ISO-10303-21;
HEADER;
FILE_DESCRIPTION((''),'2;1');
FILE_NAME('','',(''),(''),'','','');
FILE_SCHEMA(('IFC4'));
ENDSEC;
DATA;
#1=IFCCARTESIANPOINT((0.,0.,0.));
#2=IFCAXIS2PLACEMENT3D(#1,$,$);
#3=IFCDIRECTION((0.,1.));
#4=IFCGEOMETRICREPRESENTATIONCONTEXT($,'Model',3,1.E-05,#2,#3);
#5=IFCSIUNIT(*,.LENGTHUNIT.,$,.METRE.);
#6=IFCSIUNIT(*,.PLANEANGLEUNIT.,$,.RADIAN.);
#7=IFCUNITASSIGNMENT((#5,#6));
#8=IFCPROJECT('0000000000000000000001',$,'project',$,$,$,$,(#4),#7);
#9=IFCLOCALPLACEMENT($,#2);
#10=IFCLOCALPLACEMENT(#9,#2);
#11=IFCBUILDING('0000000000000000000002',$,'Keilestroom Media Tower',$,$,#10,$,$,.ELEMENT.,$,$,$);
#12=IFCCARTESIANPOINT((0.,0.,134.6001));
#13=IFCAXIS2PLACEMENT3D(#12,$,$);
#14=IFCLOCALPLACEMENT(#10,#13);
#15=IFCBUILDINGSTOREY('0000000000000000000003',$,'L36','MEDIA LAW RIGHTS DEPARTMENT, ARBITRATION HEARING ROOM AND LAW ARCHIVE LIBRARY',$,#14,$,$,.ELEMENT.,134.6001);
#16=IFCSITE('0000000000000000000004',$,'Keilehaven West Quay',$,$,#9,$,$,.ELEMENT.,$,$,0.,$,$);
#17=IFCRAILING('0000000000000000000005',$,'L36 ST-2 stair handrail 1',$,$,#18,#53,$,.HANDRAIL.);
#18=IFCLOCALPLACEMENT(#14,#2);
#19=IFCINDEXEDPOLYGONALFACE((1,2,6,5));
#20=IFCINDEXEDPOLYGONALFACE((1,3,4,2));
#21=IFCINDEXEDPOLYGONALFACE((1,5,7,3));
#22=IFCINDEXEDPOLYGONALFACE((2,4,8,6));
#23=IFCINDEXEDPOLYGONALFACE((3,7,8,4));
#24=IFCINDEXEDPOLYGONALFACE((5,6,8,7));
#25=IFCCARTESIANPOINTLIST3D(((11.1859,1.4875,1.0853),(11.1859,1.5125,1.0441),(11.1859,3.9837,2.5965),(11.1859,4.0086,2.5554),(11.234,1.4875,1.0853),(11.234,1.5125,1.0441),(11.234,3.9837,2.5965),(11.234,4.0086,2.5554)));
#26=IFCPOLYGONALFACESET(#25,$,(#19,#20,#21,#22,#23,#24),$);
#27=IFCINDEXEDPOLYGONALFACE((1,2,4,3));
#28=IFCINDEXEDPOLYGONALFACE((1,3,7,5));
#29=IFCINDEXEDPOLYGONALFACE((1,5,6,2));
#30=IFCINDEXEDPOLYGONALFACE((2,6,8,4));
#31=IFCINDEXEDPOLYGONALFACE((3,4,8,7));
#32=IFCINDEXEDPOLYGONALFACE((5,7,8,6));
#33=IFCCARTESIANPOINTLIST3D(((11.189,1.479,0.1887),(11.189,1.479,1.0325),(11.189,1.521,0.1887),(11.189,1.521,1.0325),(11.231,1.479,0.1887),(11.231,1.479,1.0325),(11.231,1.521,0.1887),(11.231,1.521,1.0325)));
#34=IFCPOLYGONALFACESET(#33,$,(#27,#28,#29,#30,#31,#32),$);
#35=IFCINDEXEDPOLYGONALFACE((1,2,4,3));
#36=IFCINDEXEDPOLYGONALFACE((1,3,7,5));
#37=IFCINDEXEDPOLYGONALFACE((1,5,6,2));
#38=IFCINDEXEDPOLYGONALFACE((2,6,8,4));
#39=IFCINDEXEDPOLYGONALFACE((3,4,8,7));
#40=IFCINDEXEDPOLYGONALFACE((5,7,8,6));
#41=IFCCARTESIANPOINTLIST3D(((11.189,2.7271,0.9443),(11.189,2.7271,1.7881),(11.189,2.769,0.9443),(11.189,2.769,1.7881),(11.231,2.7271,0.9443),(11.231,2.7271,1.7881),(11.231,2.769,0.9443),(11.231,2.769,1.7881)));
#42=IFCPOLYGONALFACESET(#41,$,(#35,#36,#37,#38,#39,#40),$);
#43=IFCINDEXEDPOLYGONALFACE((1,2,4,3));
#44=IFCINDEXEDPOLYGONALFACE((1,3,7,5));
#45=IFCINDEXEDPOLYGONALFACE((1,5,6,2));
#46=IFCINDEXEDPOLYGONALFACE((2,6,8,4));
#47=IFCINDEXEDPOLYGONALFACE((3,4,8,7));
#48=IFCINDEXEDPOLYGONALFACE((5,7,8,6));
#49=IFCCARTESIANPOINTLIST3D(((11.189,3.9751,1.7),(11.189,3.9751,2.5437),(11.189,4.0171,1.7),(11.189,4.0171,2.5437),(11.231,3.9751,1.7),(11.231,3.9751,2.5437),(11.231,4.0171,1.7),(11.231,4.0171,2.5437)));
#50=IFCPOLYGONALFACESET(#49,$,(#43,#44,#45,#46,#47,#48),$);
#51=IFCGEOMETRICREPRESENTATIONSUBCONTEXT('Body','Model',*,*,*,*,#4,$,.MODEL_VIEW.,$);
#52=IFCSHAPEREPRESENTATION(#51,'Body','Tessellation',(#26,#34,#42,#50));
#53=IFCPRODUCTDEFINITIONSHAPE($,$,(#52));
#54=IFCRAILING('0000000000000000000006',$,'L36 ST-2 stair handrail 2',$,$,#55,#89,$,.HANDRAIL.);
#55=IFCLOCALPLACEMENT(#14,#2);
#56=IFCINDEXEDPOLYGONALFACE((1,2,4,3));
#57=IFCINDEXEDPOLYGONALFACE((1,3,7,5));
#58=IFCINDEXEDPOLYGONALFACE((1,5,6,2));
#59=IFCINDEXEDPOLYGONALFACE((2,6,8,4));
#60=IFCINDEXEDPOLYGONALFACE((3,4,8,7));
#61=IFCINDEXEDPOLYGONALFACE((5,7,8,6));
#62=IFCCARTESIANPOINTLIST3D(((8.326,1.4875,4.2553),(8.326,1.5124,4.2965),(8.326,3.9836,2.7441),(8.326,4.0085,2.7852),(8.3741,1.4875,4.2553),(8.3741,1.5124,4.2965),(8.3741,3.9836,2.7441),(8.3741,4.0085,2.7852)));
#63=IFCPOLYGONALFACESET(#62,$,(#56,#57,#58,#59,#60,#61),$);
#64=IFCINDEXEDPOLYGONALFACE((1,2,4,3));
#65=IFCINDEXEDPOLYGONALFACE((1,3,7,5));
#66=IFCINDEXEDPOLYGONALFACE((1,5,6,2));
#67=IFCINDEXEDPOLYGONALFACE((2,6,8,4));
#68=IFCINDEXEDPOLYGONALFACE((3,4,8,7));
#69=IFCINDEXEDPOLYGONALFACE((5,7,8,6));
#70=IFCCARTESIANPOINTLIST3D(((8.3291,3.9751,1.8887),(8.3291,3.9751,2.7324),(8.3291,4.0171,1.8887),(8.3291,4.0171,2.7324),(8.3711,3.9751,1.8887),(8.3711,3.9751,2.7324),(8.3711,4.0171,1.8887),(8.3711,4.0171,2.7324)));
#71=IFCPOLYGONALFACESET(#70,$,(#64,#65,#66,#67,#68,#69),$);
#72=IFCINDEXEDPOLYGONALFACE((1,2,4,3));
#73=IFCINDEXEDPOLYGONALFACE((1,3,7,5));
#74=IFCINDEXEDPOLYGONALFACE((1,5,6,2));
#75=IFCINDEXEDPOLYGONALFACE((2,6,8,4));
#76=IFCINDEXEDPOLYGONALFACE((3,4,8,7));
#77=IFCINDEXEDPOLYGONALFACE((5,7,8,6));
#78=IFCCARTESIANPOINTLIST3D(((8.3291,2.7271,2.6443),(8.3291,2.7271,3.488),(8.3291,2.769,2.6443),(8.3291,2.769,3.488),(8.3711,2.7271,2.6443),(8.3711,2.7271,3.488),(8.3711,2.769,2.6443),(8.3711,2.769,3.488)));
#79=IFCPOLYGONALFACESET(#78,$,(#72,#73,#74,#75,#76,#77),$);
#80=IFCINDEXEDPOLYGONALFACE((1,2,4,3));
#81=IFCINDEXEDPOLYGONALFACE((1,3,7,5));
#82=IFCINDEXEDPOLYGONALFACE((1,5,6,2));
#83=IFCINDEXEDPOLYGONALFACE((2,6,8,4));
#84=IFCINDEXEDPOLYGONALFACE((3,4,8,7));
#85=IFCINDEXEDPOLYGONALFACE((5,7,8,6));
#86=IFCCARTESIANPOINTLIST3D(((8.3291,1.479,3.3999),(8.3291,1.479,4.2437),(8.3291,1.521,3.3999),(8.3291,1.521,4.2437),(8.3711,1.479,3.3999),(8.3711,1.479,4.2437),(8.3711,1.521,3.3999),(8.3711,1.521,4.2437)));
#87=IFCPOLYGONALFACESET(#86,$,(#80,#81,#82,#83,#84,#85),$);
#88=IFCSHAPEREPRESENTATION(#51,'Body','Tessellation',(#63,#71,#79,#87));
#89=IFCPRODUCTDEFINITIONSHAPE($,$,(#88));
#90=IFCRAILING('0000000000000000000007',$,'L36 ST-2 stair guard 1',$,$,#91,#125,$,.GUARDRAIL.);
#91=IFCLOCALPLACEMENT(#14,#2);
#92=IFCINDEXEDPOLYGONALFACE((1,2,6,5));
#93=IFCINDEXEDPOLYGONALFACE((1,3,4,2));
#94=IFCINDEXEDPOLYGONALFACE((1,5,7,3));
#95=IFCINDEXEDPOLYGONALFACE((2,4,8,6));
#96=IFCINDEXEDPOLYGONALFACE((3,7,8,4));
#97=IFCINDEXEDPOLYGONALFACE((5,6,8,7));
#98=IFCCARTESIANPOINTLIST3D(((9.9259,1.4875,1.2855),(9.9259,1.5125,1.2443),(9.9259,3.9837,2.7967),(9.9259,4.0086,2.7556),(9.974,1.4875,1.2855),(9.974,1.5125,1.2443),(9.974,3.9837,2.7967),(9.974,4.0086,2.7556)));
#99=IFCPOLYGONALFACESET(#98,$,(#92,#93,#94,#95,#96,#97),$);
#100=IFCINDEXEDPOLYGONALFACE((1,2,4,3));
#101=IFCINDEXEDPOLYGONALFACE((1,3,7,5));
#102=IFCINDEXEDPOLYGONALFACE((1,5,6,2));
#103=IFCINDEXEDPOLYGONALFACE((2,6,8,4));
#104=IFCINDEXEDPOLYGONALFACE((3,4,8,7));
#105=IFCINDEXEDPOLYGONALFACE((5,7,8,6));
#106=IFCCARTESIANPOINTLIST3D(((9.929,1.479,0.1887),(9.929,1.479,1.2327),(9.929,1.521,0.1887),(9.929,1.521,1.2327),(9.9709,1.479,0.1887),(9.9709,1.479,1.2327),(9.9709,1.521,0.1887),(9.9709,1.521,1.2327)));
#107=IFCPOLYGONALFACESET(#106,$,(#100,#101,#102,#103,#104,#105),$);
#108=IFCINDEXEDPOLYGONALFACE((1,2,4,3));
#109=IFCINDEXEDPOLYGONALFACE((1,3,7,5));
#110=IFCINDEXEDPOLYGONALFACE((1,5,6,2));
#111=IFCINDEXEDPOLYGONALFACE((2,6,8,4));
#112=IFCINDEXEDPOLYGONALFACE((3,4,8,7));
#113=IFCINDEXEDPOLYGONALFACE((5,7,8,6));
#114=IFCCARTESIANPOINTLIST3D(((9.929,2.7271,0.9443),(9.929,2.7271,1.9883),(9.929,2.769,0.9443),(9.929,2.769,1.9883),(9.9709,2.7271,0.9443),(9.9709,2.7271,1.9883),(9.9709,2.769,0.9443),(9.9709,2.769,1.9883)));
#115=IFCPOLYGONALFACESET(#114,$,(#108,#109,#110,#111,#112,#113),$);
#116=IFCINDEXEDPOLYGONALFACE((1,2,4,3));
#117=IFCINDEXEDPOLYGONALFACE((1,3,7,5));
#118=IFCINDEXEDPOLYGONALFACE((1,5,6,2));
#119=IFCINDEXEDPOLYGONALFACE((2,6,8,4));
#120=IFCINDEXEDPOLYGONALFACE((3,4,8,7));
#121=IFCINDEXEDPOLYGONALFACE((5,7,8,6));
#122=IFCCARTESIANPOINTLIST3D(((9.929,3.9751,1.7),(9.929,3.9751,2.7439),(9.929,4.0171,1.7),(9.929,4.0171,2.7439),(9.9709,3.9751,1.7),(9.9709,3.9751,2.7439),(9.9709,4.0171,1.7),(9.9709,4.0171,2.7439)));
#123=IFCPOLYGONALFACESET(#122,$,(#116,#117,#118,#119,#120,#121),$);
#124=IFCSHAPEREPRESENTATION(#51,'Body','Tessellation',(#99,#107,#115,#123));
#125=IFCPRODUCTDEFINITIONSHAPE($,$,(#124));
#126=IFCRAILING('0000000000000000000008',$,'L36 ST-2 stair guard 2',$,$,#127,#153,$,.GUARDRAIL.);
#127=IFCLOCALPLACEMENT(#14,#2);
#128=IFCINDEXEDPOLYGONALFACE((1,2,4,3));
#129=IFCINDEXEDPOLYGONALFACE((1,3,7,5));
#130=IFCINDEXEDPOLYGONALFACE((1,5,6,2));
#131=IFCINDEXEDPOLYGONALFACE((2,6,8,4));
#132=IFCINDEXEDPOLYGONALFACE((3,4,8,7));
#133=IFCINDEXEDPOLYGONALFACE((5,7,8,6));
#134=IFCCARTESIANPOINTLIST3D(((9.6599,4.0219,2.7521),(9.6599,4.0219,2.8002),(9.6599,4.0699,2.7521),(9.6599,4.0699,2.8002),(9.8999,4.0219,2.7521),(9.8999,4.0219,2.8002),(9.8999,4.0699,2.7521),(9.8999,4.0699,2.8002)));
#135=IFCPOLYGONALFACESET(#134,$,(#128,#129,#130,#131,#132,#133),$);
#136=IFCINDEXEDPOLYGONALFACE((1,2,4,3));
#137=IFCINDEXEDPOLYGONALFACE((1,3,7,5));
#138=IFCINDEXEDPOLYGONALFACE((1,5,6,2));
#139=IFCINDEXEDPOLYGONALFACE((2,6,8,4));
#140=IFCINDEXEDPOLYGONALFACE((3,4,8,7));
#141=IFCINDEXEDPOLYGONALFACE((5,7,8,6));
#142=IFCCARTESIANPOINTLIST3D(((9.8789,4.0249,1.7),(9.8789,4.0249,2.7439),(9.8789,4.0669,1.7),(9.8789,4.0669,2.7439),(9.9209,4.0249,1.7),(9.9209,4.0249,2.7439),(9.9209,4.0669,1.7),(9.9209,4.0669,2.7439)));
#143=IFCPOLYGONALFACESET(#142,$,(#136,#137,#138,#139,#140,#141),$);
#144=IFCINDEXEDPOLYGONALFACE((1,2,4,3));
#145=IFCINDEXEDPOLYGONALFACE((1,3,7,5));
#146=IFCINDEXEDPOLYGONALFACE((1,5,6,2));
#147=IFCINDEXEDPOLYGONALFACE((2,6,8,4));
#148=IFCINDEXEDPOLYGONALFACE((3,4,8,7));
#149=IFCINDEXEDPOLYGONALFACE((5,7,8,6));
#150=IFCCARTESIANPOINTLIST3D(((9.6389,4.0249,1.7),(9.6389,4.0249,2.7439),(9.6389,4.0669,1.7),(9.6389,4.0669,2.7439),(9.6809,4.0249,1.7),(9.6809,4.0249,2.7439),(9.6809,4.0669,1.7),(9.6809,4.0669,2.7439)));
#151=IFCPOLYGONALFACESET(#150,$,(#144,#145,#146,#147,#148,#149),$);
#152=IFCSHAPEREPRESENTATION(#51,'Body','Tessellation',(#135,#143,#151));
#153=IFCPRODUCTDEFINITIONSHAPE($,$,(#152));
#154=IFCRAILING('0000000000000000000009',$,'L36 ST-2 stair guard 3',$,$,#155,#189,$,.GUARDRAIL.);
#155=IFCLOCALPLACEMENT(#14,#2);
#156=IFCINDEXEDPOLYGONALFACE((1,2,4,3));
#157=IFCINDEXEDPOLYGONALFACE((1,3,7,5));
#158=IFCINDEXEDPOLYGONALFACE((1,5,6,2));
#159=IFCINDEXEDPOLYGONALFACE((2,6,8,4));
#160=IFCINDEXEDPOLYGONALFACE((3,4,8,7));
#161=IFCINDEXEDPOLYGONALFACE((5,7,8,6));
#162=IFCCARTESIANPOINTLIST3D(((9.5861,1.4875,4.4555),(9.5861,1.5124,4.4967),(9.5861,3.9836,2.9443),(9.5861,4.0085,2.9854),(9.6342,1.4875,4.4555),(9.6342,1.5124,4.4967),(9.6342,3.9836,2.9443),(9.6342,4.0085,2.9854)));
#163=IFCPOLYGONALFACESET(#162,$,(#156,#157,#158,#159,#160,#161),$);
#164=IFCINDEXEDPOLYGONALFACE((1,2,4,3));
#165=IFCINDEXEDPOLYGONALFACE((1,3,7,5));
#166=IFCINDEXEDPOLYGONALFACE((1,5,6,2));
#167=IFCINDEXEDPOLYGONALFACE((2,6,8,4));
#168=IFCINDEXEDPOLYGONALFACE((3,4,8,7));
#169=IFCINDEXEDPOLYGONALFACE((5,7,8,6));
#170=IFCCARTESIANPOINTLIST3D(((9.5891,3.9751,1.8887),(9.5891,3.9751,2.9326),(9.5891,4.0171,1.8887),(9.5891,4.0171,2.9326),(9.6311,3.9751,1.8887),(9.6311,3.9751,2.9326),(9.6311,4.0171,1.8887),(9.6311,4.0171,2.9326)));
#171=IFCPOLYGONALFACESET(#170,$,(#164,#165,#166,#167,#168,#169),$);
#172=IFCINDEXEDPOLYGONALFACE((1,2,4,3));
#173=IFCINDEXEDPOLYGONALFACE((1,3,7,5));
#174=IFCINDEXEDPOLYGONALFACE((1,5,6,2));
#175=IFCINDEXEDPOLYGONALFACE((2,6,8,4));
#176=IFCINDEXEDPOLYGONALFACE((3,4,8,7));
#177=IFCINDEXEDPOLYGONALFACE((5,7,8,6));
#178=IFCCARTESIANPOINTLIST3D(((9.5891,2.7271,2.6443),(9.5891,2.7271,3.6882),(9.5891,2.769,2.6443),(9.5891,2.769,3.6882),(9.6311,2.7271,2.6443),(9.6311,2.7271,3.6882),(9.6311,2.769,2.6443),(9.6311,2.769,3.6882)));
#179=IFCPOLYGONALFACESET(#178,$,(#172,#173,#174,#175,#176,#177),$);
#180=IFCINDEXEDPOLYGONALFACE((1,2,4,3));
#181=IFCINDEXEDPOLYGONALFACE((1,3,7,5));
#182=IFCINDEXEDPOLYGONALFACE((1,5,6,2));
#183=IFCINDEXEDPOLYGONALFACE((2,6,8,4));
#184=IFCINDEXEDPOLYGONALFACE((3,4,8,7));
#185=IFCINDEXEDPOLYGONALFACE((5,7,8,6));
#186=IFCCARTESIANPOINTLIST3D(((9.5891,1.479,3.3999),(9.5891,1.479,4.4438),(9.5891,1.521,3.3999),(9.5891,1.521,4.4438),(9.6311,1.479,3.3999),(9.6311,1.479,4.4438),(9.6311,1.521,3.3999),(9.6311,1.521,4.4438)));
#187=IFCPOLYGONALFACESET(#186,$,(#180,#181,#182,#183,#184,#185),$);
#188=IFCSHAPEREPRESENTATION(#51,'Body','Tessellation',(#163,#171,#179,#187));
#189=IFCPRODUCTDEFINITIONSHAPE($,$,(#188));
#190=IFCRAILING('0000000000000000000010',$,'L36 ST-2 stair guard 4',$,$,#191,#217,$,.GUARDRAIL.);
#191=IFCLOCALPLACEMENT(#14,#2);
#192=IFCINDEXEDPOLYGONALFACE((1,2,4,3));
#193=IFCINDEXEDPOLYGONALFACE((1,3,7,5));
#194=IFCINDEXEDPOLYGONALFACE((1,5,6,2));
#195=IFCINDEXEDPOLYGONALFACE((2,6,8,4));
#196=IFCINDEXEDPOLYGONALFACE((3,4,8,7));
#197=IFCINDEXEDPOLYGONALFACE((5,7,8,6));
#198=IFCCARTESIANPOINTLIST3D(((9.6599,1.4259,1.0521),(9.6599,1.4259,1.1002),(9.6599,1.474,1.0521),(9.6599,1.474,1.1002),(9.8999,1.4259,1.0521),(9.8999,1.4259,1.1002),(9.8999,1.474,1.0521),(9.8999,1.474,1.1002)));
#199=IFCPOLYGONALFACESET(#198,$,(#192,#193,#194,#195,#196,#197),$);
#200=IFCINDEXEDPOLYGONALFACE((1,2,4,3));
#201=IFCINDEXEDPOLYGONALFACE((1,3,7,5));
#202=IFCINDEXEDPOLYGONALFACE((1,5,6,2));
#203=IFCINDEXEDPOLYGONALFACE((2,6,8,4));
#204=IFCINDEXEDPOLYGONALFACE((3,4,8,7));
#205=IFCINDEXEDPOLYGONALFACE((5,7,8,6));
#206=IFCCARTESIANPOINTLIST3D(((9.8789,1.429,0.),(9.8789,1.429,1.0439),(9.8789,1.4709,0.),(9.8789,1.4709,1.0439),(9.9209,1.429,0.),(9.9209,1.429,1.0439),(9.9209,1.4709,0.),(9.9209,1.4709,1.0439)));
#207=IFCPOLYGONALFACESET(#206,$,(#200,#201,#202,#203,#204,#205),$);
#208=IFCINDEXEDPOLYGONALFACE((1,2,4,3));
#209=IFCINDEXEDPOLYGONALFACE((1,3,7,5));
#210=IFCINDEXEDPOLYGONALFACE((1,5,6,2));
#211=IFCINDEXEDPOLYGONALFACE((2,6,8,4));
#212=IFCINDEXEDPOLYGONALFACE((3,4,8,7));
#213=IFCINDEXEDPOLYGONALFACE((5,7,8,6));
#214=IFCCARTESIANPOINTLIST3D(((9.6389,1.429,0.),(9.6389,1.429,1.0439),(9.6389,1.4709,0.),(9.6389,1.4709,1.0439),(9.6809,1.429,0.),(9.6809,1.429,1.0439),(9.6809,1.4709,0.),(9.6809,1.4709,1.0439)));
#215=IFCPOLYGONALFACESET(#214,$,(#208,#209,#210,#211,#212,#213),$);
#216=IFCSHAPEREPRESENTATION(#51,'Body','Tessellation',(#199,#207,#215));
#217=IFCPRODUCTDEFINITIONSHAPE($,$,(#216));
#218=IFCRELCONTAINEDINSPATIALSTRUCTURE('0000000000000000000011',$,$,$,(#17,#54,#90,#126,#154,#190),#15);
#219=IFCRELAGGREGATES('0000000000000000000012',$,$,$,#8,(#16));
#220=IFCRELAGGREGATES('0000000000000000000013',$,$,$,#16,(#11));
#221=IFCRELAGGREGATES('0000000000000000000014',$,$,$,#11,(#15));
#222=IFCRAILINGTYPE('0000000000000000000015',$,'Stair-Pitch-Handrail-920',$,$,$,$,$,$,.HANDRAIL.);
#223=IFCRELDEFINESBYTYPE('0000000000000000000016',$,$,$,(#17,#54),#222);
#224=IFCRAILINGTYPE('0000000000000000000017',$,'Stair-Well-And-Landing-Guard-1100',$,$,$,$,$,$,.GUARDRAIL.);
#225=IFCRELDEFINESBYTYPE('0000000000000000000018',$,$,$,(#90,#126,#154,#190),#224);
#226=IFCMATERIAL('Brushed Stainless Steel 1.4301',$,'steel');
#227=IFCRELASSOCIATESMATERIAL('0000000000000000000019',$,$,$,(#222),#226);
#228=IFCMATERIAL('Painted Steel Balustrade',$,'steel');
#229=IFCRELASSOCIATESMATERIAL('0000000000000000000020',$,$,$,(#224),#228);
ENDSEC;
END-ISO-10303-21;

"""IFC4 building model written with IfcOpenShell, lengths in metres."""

from ifc_helpers import new_model, si_unit, direction, frame, origin, origin_2d, place, context, subcontext, project, spatial, rectangle, extrude, material, type_object, element, save


model = new_model("IFC4")

# Units and contexts
model_context = context("Model", 3, precision=1e-05, world=origin(), true_north=direction((0.0, 1.0)))
body_context = subcontext(model_context, "Body", "Model", "MODEL_VIEW")
ifc_project = project(units=[si_unit("LENGTHUNIT", "METRE"), si_unit("PLANEANGLEUNIT", "RADIAN")], contexts=[model_context])

# Site, building, storey
site_placement = place(None, origin())
site = spatial("IfcSite", under=ifc_project, at=site_placement, Name="Keilehaven West Quay", CompositionType="ELEMENT", RefElevation=0.0)
building_placement = place(site_placement, origin())
building = spatial("IfcBuilding", under=site, at=building_placement, Name="Keilestroom Media Tower", CompositionType="ELEMENT")
storey_placement = place(building_placement, frame((0.0, 0.0, 134.6001)))
storey = spatial("IfcBuildingStorey", under=building, at=storey_placement, Name="L36", Description="MEDIA LAW RIGHTS DEPARTMENT, ARBITRATION HEARING ROOM AND LAW ARCHIVE LIBRARY", CompositionType="ELEMENT", Elevation=134.6001)

# Railings
ifc_material_1 = material(Name="Brushed Stainless Steel 1.4301", Category="steel")
railing_type_1 = type_object("IfcRailingType", Name="Stair-Pitch-Handrail-920", PredefinedType="HANDRAIL", material=ifc_material_1)
railing_1_placement = place(storey_placement, frame((11.21, 1.5, 0.1887)))
element("IfcRailing", 1, at=railing_1_placement, inside=storey, type_object=railing_type_1, Name="L36 ST-2 stair handrail 1", PredefinedType="HANDRAIL", context=body_context, shape_type="SweptSolid", body=[
    extrude(rectangle(XDim=0.0481, YDim=0.0481, at=origin_2d()), frame((0.0, 0.0, 0.876), z_axis=(0.0, 0.855434, 0.517912), x_axis=(-1.0, 0.0, 0.0)), (0.0, 0.0, 1.0), 2.918),
    extrude(rectangle(XDim=0.042, YDim=0.042, at=origin_2d()), origin(), (0.0, 0.0, 1.0), 0.8438),
    extrude(rectangle(XDim=0.042, YDim=0.042, at=origin_2d()), frame((0.0, 1.248, 0.7556)), (0.0, 0.0, 1.0), 0.8438),
    extrude(rectangle(XDim=0.042, YDim=0.042, at=origin_2d()), frame((0.0, 2.4961, 1.5112)), (0.0, 0.0, 1.0), 0.8438),
])
railing_2_placement = place(storey_placement, frame((8.3501, 3.9961, 1.8887)))
element("IfcRailing", 2, at=railing_2_placement, inside=storey, type_object=railing_type_1, Name="L36 ST-2 stair handrail 2", PredefinedType="HANDRAIL", context=body_context, shape_type="SweptSolid", body=[
    extrude(rectangle(XDim=0.0481, YDim=0.0481, at=origin_2d()), frame((0.0, 0.0, 0.876), z_axis=(0.0, -0.855434, 0.517912), x_axis=(1.0, 0.0, 0.0)), (0.0, 0.0, 1.0), 2.918),
    extrude(rectangle(XDim=0.042, YDim=0.042, at=origin_2d()), origin(), (0.0, 0.0, 1.0), 0.8438),
    extrude(rectangle(XDim=0.042, YDim=0.042, at=origin_2d()), frame((0.0, -1.248, 0.7556)), (0.0, 0.0, 1.0), 0.8438),
    extrude(rectangle(XDim=0.042, YDim=0.042, at=origin_2d()), frame((0.0, -2.4961, 1.5112)), (0.0, 0.0, 1.0), 0.8438),
])
ifc_material_2 = material(Name="Painted Steel Balustrade", Category="steel")
railing_type_2 = type_object("IfcRailingType", Name="Stair-Well-And-Landing-Guard-1100", PredefinedType="GUARDRAIL", material=ifc_material_2)
railing_3_placement = place(storey_placement, frame((9.95, 1.5, 0.1887)))
element("IfcRailing", 3, at=railing_3_placement, inside=storey, type_object=railing_type_2, Name="L36 ST-2 stair guard 1", PredefinedType="GUARDRAIL", context=body_context, shape_type="SweptSolid", body=[
    extrude(rectangle(XDim=0.0481, YDim=0.0481, at=origin_2d()), frame((0.0, 0.0, 1.0762), z_axis=(0.0, 0.855434, 0.517912), x_axis=(-1.0, 0.0, 0.0)), (0.0, 0.0, 1.0), 2.918),
    extrude(rectangle(XDim=0.042, YDim=0.042, at=origin_2d()), origin(), (0.0, 0.0, 1.0), 1.0439),
    extrude(rectangle(XDim=0.042, YDim=0.042, at=origin_2d()), frame((0.0, 1.248, 0.7556)), (0.0, 0.0, 1.0), 1.0439),
    extrude(rectangle(XDim=0.042, YDim=0.042, at=origin_2d()), frame((0.0, 2.4961, 1.5112)), (0.0, 0.0, 1.0), 1.0439),
])
railing_4_placement = place(storey_placement, frame((9.8999, 4.0459, 1.7)))
element("IfcRailing", 4, at=railing_4_placement, inside=storey, type_object=railing_type_2, Name="L36 ST-2 stair guard 2", PredefinedType="GUARDRAIL", context=body_context, shape_type="SweptSolid", body=[
    extrude(rectangle(XDim=0.0481, YDim=0.0481, at=origin_2d()), frame((0.0, 0.0, 1.0762), z_axis=(-1.0, 0.0, 0.0), x_axis=(0.0, -1.0, 0.0)), (0.0, 0.0, 1.0), 0.24),
    extrude(rectangle(XDim=0.042, YDim=0.042, at=origin_2d()), origin(), (0.0, 0.0, 1.0), 1.0439),
    extrude(rectangle(XDim=0.042, YDim=0.042, at=origin_2d()), frame((-0.24, 0.0, 0.0)), (0.0, 0.0, 1.0), 1.0439),
])
railing_5_placement = place(storey_placement, frame((9.6101, 3.9961, 1.8887)))
element("IfcRailing", 5, at=railing_5_placement, inside=storey, type_object=railing_type_2, Name="L36 ST-2 stair guard 3", PredefinedType="GUARDRAIL", context=body_context, shape_type="SweptSolid", body=[
    extrude(rectangle(XDim=0.0481, YDim=0.0481, at=origin_2d()), frame((0.0, 0.0, 1.0762), z_axis=(0.0, -0.855434, 0.517912), x_axis=(1.0, 0.0, 0.0)), (0.0, 0.0, 1.0), 2.918),
    extrude(rectangle(XDim=0.042, YDim=0.042, at=origin_2d()), origin(), (0.0, 0.0, 1.0), 1.0439),
    extrude(rectangle(XDim=0.042, YDim=0.042, at=origin_2d()), frame((0.0, -1.248, 0.7556)), (0.0, 0.0, 1.0), 1.0439),
    extrude(rectangle(XDim=0.042, YDim=0.042, at=origin_2d()), frame((0.0, -2.4961, 1.5112)), (0.0, 0.0, 1.0), 1.0439),
])
railing_6_placement = place(storey_placement, frame((9.8999, 1.45, 0.0)))
element("IfcRailing", 6, at=railing_6_placement, inside=storey, type_object=railing_type_2, Name="L36 ST-2 stair guard 4", PredefinedType="GUARDRAIL", context=body_context, shape_type="SweptSolid", body=[
    extrude(rectangle(XDim=0.0481, YDim=0.0481, at=origin_2d()), frame((0.0, 0.0, 1.0762), z_axis=(-1.0, 0.0, 0.0), x_axis=(0.0, -1.0, 0.0)), (0.0, 0.0, 1.0), 0.24),
    extrude(rectangle(XDim=0.042, YDim=0.042, at=origin_2d()), origin(), (0.0, 0.0, 1.0), 1.0439),
    extrude(rectangle(XDim=0.042, YDim=0.042, at=origin_2d()), frame((-0.24, 0.0, 0.0)), (0.0, 0.0, 1.0), 1.0439),
])

save(model, "model.ifc")
